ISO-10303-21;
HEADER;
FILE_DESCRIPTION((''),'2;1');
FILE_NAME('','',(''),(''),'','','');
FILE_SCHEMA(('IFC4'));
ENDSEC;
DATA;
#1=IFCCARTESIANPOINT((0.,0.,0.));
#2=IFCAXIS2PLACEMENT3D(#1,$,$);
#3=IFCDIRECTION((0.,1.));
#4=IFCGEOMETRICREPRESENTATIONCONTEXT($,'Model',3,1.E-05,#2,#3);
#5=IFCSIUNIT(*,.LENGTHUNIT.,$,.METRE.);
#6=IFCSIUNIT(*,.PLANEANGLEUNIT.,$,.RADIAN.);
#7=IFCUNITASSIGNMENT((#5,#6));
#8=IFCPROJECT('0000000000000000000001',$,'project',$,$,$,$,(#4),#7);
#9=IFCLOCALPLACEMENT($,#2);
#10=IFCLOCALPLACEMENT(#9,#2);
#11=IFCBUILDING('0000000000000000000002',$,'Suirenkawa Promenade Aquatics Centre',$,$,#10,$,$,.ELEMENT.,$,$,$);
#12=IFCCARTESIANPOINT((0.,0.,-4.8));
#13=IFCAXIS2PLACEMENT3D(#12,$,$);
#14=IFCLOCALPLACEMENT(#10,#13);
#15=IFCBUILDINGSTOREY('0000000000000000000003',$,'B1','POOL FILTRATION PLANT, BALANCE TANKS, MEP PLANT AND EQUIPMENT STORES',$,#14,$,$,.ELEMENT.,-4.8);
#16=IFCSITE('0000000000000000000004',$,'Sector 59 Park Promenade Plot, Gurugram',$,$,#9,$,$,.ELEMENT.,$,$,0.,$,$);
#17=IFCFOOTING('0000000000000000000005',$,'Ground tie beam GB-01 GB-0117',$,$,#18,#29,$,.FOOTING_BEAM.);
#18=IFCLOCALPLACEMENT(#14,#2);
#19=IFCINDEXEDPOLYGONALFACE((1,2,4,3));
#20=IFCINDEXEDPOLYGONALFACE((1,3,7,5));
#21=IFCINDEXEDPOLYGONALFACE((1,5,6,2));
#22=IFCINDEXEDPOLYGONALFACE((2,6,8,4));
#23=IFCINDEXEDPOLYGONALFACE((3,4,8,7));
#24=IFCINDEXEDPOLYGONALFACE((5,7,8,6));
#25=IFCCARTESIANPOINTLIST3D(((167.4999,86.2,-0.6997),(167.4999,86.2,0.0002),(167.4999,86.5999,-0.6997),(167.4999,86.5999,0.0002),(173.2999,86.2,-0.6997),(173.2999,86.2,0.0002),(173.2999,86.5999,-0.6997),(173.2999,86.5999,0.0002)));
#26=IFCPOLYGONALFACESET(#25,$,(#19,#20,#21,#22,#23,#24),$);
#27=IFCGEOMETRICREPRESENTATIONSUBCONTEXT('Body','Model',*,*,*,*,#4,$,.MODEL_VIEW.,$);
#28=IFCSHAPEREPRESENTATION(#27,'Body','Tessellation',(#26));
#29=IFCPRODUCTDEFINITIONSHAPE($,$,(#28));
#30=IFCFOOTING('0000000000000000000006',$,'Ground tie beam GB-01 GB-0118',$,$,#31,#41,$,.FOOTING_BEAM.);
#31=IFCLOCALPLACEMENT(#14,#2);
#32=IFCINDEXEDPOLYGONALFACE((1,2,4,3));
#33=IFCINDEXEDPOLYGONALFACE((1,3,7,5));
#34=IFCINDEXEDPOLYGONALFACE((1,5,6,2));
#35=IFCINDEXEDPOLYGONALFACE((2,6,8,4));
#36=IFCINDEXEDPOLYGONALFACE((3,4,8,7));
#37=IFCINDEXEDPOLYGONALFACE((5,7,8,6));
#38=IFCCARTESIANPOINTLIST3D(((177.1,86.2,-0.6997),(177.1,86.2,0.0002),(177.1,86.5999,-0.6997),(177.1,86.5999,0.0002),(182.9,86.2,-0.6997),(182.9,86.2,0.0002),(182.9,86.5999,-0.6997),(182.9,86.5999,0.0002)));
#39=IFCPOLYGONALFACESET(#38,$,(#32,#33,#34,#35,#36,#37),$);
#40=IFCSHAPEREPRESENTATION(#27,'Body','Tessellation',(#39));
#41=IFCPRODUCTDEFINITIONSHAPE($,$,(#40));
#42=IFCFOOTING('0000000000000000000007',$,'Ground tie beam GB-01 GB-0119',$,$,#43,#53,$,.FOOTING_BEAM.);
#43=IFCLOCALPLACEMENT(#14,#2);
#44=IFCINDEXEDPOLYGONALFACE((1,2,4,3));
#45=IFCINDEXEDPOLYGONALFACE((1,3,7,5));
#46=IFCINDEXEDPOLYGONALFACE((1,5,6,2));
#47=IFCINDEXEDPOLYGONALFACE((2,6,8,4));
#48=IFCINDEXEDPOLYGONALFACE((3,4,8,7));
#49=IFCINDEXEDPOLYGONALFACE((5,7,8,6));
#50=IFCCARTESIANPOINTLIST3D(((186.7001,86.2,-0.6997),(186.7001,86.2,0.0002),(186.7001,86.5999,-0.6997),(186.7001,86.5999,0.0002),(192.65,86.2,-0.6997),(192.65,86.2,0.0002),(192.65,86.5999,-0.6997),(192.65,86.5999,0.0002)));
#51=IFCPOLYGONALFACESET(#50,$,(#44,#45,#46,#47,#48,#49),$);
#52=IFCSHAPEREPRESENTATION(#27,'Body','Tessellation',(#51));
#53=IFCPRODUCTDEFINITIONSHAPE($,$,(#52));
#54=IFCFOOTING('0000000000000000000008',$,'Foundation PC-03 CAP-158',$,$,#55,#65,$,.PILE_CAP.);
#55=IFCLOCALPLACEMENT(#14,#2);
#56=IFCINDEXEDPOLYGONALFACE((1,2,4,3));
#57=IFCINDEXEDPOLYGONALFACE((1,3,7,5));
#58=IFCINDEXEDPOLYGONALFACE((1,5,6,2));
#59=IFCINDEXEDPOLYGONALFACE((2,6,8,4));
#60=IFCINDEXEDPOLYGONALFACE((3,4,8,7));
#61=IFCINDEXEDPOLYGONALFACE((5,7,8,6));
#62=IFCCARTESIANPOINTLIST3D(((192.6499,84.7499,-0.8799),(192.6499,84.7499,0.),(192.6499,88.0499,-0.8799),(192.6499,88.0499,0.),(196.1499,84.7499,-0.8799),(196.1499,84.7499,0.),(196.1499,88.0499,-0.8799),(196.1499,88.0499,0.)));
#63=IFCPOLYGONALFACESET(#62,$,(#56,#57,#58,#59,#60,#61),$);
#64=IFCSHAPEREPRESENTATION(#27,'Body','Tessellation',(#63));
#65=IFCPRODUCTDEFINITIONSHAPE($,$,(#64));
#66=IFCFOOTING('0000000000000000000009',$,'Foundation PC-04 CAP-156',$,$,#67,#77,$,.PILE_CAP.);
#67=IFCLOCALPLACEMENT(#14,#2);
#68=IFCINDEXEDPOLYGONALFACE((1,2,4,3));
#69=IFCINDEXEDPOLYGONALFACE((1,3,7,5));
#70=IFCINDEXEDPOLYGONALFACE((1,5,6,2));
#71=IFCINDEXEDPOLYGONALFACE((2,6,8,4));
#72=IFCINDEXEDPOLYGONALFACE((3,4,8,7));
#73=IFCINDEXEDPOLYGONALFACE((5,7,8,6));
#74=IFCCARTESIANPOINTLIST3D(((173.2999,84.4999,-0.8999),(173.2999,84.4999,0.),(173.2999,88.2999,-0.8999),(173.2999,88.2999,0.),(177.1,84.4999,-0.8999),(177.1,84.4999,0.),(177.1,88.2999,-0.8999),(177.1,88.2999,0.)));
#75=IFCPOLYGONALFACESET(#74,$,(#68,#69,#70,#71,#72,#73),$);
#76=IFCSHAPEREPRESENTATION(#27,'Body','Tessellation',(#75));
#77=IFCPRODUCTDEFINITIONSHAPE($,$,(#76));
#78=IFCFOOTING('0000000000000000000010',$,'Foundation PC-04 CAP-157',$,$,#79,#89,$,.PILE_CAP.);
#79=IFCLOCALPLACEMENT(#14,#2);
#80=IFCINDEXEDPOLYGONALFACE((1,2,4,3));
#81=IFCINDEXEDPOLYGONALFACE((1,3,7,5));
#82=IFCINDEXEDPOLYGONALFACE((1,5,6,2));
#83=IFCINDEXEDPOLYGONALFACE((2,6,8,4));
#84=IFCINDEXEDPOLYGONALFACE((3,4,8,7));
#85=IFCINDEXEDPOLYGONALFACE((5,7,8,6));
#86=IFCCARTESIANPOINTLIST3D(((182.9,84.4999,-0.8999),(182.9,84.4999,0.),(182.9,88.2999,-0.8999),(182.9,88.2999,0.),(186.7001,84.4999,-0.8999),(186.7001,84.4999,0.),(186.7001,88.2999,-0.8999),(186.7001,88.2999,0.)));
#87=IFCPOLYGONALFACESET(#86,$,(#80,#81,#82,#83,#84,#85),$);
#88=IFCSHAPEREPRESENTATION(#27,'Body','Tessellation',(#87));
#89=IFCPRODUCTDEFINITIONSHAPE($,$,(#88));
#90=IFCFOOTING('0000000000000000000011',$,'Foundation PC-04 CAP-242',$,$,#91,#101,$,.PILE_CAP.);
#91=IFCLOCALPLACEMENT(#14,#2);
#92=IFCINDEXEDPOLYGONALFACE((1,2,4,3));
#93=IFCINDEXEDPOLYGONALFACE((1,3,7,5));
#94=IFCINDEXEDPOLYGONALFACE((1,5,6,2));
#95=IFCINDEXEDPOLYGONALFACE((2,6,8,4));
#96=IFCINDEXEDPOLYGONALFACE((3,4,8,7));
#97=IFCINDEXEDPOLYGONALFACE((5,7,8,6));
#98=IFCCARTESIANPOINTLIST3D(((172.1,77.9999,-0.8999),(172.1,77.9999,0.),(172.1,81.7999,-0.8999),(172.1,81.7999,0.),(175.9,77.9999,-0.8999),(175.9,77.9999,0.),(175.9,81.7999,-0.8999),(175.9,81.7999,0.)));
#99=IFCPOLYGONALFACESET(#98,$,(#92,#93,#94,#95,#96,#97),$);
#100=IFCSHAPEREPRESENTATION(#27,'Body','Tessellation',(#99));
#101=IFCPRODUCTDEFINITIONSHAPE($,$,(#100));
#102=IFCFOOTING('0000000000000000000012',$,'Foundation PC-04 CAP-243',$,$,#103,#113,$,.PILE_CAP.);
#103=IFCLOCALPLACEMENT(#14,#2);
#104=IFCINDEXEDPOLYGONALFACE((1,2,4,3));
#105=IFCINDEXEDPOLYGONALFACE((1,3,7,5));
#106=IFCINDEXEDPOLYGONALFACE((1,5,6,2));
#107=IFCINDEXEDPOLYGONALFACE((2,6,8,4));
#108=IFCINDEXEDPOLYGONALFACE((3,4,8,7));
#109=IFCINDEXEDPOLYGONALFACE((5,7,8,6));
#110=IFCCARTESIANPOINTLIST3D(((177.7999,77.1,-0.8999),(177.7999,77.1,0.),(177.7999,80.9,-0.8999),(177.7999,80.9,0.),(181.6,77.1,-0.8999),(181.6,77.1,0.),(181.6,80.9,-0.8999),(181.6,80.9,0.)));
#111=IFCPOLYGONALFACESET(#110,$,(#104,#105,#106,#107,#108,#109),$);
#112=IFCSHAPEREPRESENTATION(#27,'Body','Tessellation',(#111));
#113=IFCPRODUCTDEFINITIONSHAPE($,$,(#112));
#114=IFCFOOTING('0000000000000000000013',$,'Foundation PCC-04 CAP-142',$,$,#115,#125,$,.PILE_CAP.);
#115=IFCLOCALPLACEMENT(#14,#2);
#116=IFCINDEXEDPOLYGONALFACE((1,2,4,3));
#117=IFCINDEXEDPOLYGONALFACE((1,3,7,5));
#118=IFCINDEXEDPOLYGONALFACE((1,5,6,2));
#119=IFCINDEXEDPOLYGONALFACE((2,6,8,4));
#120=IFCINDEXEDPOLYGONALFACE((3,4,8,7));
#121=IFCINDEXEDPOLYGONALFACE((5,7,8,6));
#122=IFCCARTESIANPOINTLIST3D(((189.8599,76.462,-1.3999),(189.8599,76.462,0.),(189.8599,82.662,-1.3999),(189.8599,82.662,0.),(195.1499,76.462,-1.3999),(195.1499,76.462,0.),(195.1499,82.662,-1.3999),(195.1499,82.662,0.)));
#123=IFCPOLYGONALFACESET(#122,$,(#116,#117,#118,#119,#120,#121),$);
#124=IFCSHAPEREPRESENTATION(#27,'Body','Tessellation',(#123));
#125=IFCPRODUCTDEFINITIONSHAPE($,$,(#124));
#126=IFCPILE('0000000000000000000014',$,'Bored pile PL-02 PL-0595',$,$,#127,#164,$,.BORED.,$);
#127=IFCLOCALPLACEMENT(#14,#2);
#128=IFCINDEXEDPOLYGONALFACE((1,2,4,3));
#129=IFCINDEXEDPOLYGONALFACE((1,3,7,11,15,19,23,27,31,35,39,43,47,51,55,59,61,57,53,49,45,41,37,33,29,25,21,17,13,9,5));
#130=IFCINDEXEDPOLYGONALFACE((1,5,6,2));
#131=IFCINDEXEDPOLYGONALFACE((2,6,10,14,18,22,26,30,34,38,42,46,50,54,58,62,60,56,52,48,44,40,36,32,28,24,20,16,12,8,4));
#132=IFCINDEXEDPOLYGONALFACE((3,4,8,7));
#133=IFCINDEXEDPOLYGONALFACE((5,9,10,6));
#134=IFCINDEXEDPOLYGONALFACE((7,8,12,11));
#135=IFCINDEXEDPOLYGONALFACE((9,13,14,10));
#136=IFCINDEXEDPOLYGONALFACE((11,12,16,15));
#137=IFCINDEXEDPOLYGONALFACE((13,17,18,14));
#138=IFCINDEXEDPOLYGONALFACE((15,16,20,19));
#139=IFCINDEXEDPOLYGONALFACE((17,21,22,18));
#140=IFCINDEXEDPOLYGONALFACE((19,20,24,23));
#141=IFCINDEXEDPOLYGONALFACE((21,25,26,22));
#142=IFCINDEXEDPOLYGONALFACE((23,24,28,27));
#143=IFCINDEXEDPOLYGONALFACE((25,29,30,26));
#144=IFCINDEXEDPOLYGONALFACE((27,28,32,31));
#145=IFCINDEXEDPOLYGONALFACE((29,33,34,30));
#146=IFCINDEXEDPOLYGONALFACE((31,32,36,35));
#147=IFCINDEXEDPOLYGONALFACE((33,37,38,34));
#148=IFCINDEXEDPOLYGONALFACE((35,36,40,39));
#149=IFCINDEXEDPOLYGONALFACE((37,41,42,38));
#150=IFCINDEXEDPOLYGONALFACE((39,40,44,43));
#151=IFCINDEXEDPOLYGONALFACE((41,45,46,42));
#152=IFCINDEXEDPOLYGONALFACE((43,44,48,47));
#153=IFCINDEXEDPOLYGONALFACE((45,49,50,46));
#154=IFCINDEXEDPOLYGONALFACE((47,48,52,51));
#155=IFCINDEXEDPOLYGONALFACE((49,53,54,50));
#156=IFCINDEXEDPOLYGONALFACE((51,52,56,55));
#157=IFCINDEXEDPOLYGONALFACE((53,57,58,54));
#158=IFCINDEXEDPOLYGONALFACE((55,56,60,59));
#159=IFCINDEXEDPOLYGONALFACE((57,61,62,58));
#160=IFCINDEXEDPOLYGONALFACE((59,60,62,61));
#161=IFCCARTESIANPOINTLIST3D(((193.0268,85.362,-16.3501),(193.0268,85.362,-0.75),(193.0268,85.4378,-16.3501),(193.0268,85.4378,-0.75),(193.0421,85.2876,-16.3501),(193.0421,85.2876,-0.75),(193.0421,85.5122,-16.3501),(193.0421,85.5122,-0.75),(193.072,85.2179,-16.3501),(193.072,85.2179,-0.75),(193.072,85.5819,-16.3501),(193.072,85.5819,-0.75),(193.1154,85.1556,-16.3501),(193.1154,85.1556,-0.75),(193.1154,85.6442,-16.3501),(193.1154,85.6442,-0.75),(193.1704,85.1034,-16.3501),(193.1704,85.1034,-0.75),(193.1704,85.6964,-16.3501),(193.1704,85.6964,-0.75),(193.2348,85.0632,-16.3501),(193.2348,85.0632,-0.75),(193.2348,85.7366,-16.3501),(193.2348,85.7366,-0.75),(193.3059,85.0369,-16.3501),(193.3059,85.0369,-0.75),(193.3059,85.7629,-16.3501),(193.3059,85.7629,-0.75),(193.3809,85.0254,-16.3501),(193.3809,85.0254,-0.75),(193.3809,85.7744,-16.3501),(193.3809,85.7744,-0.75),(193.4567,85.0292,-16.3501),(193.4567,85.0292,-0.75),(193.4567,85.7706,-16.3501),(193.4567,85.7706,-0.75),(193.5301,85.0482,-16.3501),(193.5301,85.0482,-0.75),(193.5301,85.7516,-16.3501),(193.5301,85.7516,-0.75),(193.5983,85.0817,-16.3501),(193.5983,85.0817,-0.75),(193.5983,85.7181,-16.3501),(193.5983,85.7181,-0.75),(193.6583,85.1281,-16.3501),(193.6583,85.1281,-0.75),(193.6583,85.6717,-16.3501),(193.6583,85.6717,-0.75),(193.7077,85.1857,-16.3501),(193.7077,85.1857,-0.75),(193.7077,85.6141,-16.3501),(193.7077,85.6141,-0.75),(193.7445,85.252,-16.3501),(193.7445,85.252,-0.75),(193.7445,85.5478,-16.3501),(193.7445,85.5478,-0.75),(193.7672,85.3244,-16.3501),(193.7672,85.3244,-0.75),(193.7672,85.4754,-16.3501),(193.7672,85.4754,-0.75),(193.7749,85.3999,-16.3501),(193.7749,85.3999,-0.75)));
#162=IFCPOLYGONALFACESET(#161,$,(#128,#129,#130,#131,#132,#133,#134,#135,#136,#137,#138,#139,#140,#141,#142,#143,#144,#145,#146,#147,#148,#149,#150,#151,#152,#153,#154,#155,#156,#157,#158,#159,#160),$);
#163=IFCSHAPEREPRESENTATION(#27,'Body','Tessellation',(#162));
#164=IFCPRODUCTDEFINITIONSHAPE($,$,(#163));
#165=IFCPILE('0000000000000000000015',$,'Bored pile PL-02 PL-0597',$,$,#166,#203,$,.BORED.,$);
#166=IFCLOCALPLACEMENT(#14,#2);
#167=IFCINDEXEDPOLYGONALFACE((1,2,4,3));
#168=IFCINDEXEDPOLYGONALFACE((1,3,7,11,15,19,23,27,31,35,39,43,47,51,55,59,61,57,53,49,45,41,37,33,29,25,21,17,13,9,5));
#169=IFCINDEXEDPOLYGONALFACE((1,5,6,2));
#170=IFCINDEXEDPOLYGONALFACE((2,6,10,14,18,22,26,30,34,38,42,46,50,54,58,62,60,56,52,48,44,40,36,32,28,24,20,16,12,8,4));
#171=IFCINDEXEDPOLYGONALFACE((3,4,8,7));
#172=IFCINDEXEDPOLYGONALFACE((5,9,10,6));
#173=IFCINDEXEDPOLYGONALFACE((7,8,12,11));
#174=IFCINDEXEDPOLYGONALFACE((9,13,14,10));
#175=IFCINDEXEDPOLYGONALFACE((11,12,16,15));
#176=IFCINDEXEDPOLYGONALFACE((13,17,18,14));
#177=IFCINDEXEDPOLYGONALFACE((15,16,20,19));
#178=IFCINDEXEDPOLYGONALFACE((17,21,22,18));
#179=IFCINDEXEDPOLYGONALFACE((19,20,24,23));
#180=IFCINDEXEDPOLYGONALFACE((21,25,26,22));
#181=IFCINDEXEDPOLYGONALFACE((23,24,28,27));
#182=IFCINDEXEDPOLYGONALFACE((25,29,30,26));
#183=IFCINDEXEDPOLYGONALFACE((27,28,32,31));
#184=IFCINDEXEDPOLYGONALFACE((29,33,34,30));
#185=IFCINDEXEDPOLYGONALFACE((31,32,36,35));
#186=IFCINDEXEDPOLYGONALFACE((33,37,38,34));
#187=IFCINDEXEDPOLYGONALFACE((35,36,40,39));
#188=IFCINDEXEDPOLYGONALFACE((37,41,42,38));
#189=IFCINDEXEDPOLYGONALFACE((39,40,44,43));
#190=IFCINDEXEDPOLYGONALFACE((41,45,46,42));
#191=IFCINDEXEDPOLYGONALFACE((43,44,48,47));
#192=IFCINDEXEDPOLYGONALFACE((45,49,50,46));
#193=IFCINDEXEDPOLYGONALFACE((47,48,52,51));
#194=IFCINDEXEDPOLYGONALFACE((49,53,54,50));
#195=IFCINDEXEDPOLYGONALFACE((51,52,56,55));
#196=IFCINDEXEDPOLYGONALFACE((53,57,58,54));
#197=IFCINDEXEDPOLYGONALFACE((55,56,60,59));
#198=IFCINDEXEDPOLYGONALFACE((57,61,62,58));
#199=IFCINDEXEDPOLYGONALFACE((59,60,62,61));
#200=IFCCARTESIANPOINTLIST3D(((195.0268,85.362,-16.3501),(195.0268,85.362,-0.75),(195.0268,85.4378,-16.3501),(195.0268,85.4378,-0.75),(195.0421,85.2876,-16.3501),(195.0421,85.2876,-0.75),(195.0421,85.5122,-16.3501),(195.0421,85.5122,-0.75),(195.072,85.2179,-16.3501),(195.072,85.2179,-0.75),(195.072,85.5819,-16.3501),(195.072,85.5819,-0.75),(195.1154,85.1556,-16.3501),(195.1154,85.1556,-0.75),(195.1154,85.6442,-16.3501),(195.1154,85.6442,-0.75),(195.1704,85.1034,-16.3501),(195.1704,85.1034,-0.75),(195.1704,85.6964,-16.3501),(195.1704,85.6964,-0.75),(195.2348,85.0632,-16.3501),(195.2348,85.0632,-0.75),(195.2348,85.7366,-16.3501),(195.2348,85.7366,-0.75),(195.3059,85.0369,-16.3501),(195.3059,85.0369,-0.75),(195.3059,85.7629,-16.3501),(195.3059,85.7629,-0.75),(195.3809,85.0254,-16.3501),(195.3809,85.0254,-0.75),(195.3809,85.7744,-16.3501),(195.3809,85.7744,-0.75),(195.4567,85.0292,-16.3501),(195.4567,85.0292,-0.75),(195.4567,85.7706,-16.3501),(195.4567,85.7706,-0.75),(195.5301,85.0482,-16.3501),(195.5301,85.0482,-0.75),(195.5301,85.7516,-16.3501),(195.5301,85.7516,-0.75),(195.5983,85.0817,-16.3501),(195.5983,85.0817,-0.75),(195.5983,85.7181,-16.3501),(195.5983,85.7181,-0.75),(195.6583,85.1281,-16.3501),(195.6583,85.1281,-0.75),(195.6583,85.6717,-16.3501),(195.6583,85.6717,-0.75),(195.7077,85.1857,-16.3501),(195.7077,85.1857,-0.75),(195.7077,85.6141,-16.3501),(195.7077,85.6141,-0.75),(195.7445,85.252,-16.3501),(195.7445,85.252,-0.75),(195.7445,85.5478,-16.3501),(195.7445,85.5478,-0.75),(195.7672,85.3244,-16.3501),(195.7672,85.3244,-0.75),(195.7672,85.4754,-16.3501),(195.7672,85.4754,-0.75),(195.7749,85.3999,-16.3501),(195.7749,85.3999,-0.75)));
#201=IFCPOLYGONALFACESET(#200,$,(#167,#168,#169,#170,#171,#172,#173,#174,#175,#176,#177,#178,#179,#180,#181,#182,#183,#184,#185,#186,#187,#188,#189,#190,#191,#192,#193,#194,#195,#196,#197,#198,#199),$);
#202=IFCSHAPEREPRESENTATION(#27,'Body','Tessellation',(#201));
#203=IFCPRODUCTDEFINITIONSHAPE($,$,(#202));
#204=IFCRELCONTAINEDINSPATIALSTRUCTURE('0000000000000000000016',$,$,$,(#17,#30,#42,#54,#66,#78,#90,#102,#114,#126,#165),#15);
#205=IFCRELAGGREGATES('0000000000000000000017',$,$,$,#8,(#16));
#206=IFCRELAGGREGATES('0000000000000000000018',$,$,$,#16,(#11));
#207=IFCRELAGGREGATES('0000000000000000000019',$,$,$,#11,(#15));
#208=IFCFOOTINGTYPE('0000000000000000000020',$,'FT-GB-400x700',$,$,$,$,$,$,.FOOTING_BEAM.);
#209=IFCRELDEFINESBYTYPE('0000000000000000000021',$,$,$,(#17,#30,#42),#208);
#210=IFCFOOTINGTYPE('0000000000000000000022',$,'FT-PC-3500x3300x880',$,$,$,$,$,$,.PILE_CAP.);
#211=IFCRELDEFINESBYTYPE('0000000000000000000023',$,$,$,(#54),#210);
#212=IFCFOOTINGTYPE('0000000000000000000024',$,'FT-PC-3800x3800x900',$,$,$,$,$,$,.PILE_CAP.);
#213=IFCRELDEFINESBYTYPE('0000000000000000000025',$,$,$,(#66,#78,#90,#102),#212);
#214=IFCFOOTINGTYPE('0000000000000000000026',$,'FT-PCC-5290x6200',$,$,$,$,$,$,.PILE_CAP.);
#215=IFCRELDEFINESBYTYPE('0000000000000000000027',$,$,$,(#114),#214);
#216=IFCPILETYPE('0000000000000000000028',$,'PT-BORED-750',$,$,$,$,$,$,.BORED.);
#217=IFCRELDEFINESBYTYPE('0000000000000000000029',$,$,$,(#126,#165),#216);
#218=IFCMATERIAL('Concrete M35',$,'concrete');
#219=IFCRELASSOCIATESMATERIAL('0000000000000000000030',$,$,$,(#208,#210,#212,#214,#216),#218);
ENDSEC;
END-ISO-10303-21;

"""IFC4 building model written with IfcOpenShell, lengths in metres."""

from ifc_helpers import new_model, si_unit, direction, frame, origin, origin_2d, place, context, subcontext, project, spatial, rectangle, circle, extrude, material, material_profile, profile_set, type_object, element, save


model = new_model("IFC4")

# Units and contexts
model_context = context("Model", 3, precision=1e-05, world=origin(), true_north=direction((0.0, 1.0)))
body_context = subcontext(model_context, "Body", "Model", "MODEL_VIEW")
ifc_project = project(units=[si_unit("LENGTHUNIT", "METRE"), si_unit("PLANEANGLEUNIT", "RADIAN")], contexts=[model_context])

# Site, building, storey
site_placement = place(None, origin())
site = spatial("IfcSite", under=ifc_project, at=site_placement, Name="Sector 59 Park Promenade Plot, Gurugram", CompositionType="ELEMENT", RefElevation=0.0)
building_placement = place(site_placement, origin())
building = spatial("IfcBuilding", under=site, at=building_placement, Name="Suirenkawa Promenade Aquatics Centre", CompositionType="ELEMENT")
storey_placement = place(building_placement, frame((0.0, 0.0, -4.8)))
storey = spatial("IfcBuildingStorey", under=building, at=storey_placement, Name="B1", Description="POOL FILTRATION PLANT, BALANCE TANKS, MEP PLANT AND EQUIPMENT STORES", CompositionType="ELEMENT", Elevation=-4.8)

# Footings
ifc_material_1 = material(Name="Concrete M35", Category="concrete")
footing_type_1 = type_object("IfcFootingType", Name="FT-GB-400x700", PredefinedType="FOOTING_BEAM", material=ifc_material_1)
for number, where, z_axis, x_axis, name in (
    (1, (170.3999, 86.3999, -0.6997), (0.0, 0.0, 1.0), (1.0, 0.0, 0.0), "Ground tie beam GB-01 GB-0117"),
    (2, (180.0, 86.3999, -0.6997), (0.0, 0.0, 1.0), (1.0, 0.0, 0.0), "Ground tie beam GB-01 GB-0118"),
):
    element("IfcFooting", number, at=place(storey_placement, frame(where, z_axis=z_axis, x_axis=x_axis)), inside=storey, type_object=footing_type_1, Name=name, PredefinedType="FOOTING_BEAM", context=body_context, shape_type="SweptSolid", body=[
        extrude(rectangle(XDim=5.8, YDim=0.3999, at=origin_2d()), origin(), (0.0, 0.0, 1.0), 0.7),
    ])
footing_1_placement = place(storey_placement, frame((189.675, 86.3999, -0.6997), z_axis=(0.0, 0.0, 1.0), x_axis=(1.0, 0.0, 0.0)))
element("IfcFooting", 3, at=footing_1_placement, inside=storey, type_object=footing_type_1, Name="Ground tie beam GB-01 GB-0119", PredefinedType="FOOTING_BEAM", context=body_context, shape_type="SweptSolid", body=[
    extrude(rectangle(XDim=5.95, YDim=0.3999, at=origin_2d()), origin(), (0.0, 0.0, 1.0), 0.7),
])
footing_type_2 = type_object("IfcFootingType", Name="FT-PC-3500x3300x880", PredefinedType="PILE_CAP", material=ifc_material_1)
footing_2_placement = place(storey_placement, frame((194.3999, 86.3999, -0.8799), z_axis=(0.0, 0.0, 1.0), x_axis=(1.0, 0.0, 0.0)))
element("IfcFooting", 4, at=footing_2_placement, inside=storey, type_object=footing_type_2, Name="Foundation PC-03 CAP-158", PredefinedType="PILE_CAP", context=body_context, shape_type="SweptSolid", body=[
    extrude(rectangle(XDim=3.5, YDim=3.3, at=origin_2d()), origin(), (0.0, 0.0, 1.0), 0.8799),
])
footing_type_3 = type_object("IfcFootingType", Name="FT-PC-3800x3800x900", PredefinedType="PILE_CAP", material=ifc_material_1)
for number, where, z_axis, x_axis, name in (
    (5, (175.2, 86.3999, -0.8999), (0.0, 0.0, 1.0), (1.0, 0.0, 0.0), "Foundation PC-04 CAP-156"),
    (6, (184.8, 86.3999, -0.8999), (0.0, 0.0, 1.0), (1.0, 0.0, 0.0), "Foundation PC-04 CAP-157"),
    (7, (174.0, 79.8999, -0.8999), (0.0, 0.0, 1.0), (1.0, 0.0, 0.0), "Foundation PC-04 CAP-242"),
    (8, (179.7, 79.0, -0.8999), (0.0, 0.0, 1.0), (1.0, 0.0, 0.0), "Foundation PC-04 CAP-243"),
):
    element("IfcFooting", number, at=place(storey_placement, frame(where, z_axis=z_axis, x_axis=x_axis)), inside=storey, type_object=footing_type_3, Name=name, PredefinedType="PILE_CAP", context=body_context, shape_type="SweptSolid", body=[
        extrude(rectangle(XDim=3.8, YDim=3.8, at=origin_2d()), origin(), (0.0, 0.0, 1.0), 0.8999),
    ])
footing_type_4 = type_object("IfcFootingType", Name="FT-PCC-5290x6200", PredefinedType="PILE_CAP", material=ifc_material_1)
footing_3_placement = place(storey_placement, frame((192.5049, 79.562, -1.3999), z_axis=(0.0, 0.0, 1.0), x_axis=(1.0, 0.0, 0.0)))
element("IfcFooting", 9, at=footing_3_placement, inside=storey, type_object=footing_type_4, Name="Foundation PCC-04 CAP-142", PredefinedType="PILE_CAP", context=body_context, shape_type="SweptSolid", body=[
    extrude(rectangle(XDim=5.29, YDim=6.2, at=origin_2d()), origin(), (0.0, 0.0, 1.0), 1.3999),
])

# Piles
ifc_material_profile_1 = material_profile(ifc_material_1, circle(Radius=0.375, at=origin_2d()), Name="PILE D750", Category="concrete")
ifc_profile_set_1 = profile_set([ifc_material_profile_1], Name="Concrete M35")
pile_type_1 = type_object("IfcPileType", Name="PT-BORED-750", PredefinedType="BORED", material=ifc_profile_set_1)
for number, where, z_axis, x_axis, name in (
    (10, (193.3999, 85.3999, -0.75), (0.0, 0.0, -1.0), (1.0, 0.0, 0.0), "Bored pile PL-02 PL-0595"),
    (11, (195.3999, 85.3999, -0.75), (0.0, 0.0, -1.0), (1.0, 0.0, 0.0), "Bored pile PL-02 PL-0597"),
):
    element("IfcPile", number, at=place(storey_placement, frame(where, z_axis=z_axis, x_axis=x_axis)), inside=storey, type_object=pile_type_1, Name=name, PredefinedType="BORED", context=body_context, shape_type="SweptSolid", body=[
        extrude(circle(Radius=0.375, at=origin_2d()), origin(), (0.0, 0.0, 1.0), 15.6001),
    ])

save(model, "model.ifc")
